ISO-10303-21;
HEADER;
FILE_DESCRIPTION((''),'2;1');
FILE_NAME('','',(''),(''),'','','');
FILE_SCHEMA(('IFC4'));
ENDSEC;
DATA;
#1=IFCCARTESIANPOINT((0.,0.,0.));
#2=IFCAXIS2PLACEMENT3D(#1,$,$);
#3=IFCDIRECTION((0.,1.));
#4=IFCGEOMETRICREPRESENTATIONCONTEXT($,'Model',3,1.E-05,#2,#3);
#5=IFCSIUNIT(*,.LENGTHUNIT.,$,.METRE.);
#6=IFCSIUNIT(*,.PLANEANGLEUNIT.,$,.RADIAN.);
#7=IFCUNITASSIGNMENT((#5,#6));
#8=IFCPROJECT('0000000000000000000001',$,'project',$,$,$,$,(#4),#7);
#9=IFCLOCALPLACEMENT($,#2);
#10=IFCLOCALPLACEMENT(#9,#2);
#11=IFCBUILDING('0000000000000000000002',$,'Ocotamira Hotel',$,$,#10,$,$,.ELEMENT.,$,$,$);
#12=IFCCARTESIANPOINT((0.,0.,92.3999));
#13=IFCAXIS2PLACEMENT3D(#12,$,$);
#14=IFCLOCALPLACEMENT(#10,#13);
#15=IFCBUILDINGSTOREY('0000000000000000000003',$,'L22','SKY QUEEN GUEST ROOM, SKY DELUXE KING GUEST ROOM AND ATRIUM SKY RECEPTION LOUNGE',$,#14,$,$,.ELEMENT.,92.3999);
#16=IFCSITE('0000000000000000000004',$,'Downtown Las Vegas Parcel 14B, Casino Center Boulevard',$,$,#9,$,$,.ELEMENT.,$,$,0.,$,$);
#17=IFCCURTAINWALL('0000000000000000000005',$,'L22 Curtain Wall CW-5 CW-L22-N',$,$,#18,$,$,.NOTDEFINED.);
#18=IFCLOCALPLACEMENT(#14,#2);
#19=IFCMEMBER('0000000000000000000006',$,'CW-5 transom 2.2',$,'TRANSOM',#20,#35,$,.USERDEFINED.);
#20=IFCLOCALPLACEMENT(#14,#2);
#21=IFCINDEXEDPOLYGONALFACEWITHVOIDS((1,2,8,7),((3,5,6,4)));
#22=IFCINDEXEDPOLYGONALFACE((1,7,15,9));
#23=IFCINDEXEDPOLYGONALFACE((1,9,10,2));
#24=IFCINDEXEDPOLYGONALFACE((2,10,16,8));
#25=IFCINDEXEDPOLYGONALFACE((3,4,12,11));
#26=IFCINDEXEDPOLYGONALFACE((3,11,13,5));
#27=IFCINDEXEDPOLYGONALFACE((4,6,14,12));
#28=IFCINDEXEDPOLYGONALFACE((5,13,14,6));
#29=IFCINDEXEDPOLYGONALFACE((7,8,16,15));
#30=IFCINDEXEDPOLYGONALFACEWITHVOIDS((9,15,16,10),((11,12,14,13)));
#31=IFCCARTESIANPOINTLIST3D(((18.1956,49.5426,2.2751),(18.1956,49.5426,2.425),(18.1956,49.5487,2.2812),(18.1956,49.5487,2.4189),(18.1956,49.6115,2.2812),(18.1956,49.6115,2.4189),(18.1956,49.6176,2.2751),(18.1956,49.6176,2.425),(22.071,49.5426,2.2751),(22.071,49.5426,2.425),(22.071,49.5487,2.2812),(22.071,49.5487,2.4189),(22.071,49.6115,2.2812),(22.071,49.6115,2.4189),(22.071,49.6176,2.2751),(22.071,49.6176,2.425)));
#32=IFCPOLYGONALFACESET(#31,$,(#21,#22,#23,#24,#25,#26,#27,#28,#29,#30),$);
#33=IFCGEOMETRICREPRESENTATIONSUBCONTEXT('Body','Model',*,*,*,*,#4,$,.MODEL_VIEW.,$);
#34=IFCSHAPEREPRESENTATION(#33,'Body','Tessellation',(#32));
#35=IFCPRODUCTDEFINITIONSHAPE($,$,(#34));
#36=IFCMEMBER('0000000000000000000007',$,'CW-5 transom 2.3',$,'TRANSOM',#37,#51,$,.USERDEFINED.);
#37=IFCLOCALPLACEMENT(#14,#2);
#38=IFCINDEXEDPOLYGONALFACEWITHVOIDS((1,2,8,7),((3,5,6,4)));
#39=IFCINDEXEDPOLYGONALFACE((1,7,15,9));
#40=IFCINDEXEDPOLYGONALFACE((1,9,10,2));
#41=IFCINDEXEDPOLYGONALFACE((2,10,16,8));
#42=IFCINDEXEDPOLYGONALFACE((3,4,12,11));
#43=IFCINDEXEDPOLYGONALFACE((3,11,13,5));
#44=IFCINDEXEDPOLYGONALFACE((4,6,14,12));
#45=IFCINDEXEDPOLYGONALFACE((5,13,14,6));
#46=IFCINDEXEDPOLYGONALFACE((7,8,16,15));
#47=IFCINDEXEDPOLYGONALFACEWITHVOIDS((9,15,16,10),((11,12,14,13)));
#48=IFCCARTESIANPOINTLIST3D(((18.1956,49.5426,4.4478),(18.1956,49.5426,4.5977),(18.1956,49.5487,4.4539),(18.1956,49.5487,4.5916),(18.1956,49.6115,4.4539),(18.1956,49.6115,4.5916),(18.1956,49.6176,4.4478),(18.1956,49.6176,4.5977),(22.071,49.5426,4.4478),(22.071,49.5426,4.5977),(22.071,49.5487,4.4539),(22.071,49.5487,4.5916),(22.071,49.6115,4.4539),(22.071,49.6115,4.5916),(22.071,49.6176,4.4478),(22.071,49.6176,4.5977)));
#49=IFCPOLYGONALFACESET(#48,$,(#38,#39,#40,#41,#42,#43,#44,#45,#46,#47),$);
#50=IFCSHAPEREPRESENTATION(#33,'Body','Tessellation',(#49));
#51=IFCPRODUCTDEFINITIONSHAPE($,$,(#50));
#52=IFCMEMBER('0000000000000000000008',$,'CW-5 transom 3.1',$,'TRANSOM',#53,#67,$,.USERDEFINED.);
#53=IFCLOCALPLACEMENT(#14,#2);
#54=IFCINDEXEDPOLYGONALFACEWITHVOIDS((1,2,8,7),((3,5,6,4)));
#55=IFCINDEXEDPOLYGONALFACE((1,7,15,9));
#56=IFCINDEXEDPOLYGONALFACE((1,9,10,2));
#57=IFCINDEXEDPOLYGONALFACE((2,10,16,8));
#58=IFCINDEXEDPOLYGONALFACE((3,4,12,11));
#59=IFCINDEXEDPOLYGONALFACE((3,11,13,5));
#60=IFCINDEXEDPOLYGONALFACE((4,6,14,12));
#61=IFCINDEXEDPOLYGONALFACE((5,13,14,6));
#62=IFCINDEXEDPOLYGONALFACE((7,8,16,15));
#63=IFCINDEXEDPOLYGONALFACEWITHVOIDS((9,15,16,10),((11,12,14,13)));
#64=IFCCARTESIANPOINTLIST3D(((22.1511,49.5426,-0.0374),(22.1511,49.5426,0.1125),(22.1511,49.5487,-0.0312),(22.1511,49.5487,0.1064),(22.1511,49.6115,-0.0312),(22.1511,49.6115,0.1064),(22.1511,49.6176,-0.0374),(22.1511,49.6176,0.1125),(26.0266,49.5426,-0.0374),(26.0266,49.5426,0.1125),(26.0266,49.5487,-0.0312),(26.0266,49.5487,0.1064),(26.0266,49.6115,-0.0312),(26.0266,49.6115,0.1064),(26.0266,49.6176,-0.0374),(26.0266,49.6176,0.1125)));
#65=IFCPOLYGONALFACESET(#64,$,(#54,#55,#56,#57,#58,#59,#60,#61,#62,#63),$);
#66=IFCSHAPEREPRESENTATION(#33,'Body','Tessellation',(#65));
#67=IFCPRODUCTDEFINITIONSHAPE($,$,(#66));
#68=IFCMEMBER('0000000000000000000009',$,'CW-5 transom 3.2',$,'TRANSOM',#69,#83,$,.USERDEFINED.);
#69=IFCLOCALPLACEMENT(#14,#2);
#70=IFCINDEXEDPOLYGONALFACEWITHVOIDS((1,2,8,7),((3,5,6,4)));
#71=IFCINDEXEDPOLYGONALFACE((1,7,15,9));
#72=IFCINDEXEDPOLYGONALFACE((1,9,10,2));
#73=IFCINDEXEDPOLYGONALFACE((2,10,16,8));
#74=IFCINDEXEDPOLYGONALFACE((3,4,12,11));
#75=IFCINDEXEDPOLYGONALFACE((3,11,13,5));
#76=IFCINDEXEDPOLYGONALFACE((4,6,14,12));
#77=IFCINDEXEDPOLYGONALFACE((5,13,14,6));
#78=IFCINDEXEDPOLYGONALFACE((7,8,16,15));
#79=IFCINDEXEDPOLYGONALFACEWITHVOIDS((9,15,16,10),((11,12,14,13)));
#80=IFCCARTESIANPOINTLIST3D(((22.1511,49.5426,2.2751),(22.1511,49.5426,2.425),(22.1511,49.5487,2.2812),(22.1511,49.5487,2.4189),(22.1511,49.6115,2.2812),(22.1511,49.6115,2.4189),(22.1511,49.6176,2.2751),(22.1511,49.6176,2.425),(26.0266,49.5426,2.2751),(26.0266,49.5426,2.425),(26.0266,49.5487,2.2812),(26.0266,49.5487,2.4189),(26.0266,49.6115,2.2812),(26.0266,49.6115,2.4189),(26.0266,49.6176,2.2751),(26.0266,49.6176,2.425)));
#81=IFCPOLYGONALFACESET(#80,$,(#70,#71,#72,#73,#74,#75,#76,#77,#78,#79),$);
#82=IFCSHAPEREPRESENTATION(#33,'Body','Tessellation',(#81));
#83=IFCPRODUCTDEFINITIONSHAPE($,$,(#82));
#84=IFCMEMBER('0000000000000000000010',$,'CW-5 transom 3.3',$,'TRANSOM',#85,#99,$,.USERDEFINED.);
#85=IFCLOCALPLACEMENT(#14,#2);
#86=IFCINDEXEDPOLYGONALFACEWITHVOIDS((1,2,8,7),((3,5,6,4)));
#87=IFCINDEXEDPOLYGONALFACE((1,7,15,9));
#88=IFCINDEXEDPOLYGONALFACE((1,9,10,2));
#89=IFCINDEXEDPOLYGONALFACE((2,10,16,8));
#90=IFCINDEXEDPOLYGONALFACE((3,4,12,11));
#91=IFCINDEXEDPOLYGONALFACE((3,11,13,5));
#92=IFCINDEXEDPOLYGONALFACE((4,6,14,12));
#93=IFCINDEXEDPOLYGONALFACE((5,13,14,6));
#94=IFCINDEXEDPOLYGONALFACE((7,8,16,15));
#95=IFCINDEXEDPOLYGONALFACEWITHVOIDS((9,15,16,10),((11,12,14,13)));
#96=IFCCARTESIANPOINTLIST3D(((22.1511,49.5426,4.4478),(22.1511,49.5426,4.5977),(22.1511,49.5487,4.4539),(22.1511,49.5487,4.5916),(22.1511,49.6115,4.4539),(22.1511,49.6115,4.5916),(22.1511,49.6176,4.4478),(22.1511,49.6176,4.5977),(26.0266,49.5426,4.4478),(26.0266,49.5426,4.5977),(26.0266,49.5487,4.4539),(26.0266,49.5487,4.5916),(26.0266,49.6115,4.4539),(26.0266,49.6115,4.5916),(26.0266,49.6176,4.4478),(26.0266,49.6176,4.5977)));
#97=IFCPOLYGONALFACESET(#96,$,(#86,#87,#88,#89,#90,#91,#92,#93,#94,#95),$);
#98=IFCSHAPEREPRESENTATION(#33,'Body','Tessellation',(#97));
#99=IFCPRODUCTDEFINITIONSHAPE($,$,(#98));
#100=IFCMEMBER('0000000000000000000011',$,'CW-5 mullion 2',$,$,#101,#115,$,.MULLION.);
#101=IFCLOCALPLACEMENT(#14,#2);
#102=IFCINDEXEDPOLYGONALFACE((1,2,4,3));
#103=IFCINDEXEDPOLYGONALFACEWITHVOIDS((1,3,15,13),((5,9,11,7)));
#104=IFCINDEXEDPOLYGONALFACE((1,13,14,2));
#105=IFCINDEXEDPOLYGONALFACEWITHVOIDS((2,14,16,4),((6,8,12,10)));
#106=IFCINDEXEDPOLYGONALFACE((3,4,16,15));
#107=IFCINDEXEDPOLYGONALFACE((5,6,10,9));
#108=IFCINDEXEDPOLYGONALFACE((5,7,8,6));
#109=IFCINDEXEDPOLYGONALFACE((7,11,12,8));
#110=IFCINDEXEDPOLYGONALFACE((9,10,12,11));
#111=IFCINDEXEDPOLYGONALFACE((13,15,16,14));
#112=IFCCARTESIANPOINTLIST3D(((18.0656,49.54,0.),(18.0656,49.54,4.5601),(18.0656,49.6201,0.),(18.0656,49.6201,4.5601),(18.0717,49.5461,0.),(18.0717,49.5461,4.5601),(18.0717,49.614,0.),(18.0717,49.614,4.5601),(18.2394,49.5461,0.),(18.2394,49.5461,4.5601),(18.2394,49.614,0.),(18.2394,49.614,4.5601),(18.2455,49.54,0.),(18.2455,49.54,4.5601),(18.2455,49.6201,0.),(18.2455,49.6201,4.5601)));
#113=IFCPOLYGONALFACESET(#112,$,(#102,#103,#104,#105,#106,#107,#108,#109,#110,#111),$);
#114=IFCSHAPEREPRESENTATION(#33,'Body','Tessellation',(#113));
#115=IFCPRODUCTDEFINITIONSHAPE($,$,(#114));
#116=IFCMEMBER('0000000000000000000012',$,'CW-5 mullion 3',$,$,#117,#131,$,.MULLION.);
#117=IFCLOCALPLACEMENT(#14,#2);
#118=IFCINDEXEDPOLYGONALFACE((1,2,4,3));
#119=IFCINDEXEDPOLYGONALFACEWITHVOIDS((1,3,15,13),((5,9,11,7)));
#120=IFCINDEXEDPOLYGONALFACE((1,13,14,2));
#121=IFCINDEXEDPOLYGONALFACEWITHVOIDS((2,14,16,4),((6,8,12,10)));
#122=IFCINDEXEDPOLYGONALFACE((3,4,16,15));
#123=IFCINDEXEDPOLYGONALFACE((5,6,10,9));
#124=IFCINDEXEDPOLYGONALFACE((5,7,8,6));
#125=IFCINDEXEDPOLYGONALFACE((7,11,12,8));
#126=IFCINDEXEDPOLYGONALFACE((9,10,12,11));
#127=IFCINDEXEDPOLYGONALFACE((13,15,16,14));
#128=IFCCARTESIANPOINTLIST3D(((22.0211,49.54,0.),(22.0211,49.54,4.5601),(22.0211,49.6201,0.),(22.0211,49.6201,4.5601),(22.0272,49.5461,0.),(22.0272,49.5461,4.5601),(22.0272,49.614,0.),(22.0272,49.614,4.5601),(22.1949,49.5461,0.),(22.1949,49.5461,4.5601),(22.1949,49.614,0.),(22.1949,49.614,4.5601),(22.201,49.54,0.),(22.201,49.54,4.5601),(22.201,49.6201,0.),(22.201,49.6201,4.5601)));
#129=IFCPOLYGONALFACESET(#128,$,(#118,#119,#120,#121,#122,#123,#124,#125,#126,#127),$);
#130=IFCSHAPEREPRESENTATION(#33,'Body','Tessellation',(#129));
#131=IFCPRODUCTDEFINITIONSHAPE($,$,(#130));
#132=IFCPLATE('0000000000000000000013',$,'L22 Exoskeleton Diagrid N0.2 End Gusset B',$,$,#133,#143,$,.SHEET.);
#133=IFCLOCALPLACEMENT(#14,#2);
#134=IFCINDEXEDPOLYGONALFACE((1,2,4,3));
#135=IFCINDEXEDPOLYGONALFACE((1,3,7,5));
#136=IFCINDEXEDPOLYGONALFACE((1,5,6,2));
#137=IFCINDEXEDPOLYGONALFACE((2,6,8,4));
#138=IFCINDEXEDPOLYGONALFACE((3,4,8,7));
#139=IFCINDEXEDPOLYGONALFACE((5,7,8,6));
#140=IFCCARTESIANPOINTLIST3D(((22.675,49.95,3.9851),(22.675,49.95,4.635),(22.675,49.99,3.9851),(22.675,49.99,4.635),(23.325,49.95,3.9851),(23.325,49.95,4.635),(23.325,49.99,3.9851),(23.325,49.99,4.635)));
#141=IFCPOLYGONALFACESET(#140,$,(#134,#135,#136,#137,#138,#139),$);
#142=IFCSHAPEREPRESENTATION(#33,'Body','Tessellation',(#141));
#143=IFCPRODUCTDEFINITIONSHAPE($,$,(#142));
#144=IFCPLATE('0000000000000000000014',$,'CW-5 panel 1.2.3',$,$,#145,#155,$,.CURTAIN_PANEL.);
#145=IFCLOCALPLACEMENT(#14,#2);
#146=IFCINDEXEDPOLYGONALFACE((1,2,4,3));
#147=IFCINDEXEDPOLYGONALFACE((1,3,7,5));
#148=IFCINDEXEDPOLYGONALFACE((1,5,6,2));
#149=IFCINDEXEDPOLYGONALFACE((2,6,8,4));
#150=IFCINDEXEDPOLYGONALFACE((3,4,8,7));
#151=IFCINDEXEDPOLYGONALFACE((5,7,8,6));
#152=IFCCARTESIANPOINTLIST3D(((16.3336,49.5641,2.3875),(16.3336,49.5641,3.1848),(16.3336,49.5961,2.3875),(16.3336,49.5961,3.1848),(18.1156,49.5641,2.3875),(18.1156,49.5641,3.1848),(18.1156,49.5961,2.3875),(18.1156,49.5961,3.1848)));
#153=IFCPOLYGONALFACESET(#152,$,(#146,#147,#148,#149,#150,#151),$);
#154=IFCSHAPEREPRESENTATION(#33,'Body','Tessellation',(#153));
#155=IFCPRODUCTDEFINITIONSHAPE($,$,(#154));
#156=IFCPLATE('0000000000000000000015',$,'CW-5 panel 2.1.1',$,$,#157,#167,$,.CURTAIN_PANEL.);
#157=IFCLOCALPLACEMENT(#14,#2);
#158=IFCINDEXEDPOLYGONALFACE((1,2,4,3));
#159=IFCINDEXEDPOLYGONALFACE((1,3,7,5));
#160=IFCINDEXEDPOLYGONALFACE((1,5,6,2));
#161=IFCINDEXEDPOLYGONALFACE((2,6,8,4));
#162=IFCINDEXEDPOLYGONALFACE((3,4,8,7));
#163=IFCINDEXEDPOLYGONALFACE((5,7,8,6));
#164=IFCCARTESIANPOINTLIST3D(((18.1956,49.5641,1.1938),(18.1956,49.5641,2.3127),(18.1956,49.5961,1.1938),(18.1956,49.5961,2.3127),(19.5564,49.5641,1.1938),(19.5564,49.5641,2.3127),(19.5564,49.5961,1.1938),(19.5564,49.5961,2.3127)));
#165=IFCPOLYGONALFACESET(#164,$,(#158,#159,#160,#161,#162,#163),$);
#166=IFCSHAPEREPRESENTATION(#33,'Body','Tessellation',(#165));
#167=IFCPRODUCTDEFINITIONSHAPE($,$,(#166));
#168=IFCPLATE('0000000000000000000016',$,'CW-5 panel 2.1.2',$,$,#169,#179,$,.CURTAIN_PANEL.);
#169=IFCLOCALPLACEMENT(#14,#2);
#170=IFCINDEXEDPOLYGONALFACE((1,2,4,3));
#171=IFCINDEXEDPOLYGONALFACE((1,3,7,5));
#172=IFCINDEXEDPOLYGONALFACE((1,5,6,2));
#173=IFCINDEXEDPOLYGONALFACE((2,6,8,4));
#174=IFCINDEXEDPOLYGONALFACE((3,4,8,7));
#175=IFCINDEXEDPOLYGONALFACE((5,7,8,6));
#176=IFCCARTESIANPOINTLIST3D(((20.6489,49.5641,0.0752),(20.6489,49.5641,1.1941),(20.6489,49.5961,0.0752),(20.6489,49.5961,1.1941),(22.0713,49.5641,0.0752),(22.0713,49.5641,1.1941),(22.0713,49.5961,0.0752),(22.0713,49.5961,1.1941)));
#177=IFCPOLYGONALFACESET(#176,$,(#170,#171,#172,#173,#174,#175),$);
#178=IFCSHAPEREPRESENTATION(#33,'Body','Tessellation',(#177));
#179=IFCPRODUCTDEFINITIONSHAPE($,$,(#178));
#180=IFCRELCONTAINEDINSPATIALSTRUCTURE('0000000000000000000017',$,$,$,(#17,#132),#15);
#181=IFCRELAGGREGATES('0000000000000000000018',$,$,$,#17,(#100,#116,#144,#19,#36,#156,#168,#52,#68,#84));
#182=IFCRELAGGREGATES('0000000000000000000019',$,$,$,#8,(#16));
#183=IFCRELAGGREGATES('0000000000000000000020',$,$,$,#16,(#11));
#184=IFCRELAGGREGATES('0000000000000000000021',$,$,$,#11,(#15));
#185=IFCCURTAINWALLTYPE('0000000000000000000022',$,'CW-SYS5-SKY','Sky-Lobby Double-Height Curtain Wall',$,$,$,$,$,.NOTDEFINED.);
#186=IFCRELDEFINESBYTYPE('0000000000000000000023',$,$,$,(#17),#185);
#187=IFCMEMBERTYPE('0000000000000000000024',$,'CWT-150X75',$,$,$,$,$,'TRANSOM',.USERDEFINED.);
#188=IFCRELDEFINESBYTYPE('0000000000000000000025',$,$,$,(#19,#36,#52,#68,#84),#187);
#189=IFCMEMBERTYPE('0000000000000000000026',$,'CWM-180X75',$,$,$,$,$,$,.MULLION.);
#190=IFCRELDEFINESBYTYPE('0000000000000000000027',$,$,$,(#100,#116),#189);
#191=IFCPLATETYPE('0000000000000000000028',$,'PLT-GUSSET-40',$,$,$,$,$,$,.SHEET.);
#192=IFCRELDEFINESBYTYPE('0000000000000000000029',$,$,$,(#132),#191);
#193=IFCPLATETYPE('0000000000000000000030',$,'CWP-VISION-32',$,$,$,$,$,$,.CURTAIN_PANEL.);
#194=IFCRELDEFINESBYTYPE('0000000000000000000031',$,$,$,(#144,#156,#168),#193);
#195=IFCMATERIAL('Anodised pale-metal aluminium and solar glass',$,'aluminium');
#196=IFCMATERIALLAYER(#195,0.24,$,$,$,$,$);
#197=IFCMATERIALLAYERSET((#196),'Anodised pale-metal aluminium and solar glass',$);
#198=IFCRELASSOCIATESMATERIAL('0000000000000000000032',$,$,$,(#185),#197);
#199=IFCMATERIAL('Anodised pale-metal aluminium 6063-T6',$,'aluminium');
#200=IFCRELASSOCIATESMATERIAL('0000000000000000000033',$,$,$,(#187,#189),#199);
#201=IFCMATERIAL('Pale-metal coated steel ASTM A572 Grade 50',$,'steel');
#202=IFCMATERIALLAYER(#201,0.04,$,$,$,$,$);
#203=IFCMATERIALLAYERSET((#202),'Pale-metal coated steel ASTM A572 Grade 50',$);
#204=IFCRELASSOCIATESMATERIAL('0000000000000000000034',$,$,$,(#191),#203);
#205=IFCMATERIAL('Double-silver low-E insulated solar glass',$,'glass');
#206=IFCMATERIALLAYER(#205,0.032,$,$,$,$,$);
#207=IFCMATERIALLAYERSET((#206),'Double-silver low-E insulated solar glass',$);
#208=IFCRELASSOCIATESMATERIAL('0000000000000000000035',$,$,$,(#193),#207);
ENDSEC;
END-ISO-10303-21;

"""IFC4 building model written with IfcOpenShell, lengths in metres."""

from ifc_helpers import new_model, si_unit, direction, frame, origin, origin_2d, place, context, subcontext, project, spatial, rectangle, hollow_rectangle, extrude, source, transform, mapped, material, layer, layer_set, material_profile, profile_set, type_object, element, aggregate, save


model = new_model("IFC4")

# Units and contexts
model_context = context("Model", 3, precision=1e-05, world=origin(), true_north=direction((0.0, 1.0)))
body_context = subcontext(model_context, "Body", "Model", "MODEL_VIEW")
ifc_project = project(units=[si_unit("LENGTHUNIT", "METRE"), si_unit("PLANEANGLEUNIT", "RADIAN")], contexts=[model_context])

# Site, building, storey
site_placement = place(None, origin())
site = spatial("IfcSite", under=ifc_project, at=site_placement, Name="Downtown Las Vegas Parcel 14B, Casino Center Boulevard", CompositionType="ELEMENT", RefElevation=0.0)
building_placement = place(site_placement, origin())
building = spatial("IfcBuilding", under=site, at=building_placement, Name="Ocotamira Hotel", CompositionType="ELEMENT")
storey_placement = place(building_placement, frame((0.0, 0.0, 92.3999)))
storey = spatial("IfcBuildingStorey", under=building, at=storey_placement, Name="L22", Description="SKY QUEEN GUEST ROOM, SKY DELUXE KING GUEST ROOM AND ATRIUM SKY RECEPTION LOUNGE", CompositionType="ELEMENT", Elevation=92.3999)

# Curtain wall, members
ifc_material_1 = material(Name="Anodised pale-metal aluminium and solar glass", Category="aluminium")
ifc_layer_1 = layer(ifc_material_1, 0.24)
ifc_layer_set_1 = layer_set([ifc_layer_1], Name="Anodised pale-metal aluminium and solar glass")
curtain_wall_type = type_object("IfcCurtainWallType", Name="CW-SYS5-SKY", Description="Sky-Lobby Double-Height Curtain Wall", PredefinedType="NOTDEFINED", material=ifc_layer_set_1)
curtain_wall_placement = place(storey_placement, origin())
curtain_wall = element("IfcCurtainWall", 1, at=curtain_wall_placement, inside=storey, type_object=curtain_wall_type, Name="L22 Curtain Wall CW-5 CW-L22-N", PredefinedType="NOTDEFINED")
ifc_material_2 = material(Name="Anodised pale-metal aluminium 6063-T6", Category="aluminium")
ifc_material_profile_1 = material_profile(ifc_material_2, hollow_rectangle(XDim=0.075, YDim=0.1499, WallThickness=0.0061, at=origin_2d()), Name="HSS150X75X6")
ifc_profile_set_1 = profile_set([ifc_material_profile_1], Name="Anodised pale-metal aluminium 6063-T6")
member_type_1 = type_object("IfcMemberType", Name="CWT-150X75", ElementType="TRANSOM", PredefinedType="USERDEFINED", material=ifc_profile_set_1)
shared_shape_1 = source(origin(), body_context, "Body", "SweptSolid", [
    extrude(hollow_rectangle(XDim=0.075, YDim=0.1499, WallThickness=0.0061, at=origin_2d()), origin(), (0.0, 0.0, 1.0), 3.8755),
])
member_1_placement = place(storey_placement, frame((18.1956, 49.5801, 2.3501), z_axis=(1.0, 0.0, 0.0), x_axis=(0.0, 1.0, 0.0)))
member_1 = element("IfcMember", 2, at=member_1_placement, type_object=member_type_1, Name="CW-5 transom 2.2", ObjectType="TRANSOM", PredefinedType="USERDEFINED", context=body_context, shape_type="MappedRepresentation", body=[
    mapped(shared_shape_1, transform((0.0, 0.0, 0.0), scale=1.0)),
])
member_2_placement = place(storey_placement, frame((18.1956, 49.5801, 4.5227), z_axis=(1.0, 0.0, 0.0), x_axis=(0.0, 1.0, 0.0)))
member_2 = element("IfcMember", 3, at=member_2_placement, type_object=member_type_1, Name="CW-5 transom 2.3", ObjectType="TRANSOM", PredefinedType="USERDEFINED", context=body_context, shape_type="MappedRepresentation", body=[
    mapped(shared_shape_1, transform((0.0, 0.0, 0.0), scale=1.0)),
])
member_3_placement = place(storey_placement, frame((22.1511, 49.5801, 0.0376), z_axis=(1.0, 0.0, 0.0), x_axis=(0.0, 1.0, 0.0)))
member_3 = element("IfcMember", 4, at=member_3_placement, type_object=member_type_1, Name="CW-5 transom 3.1", ObjectType="TRANSOM", PredefinedType="USERDEFINED", context=body_context, shape_type="MappedRepresentation", body=[
    mapped(shared_shape_1, transform((0.0, 0.0, 0.0), scale=1.0)),
])
member_4_placement = place(storey_placement, frame((22.1511, 49.5801, 2.3501), z_axis=(1.0, 0.0, 0.0), x_axis=(0.0, 1.0, 0.0)))
member_4 = element("IfcMember", 5, at=member_4_placement, type_object=member_type_1, Name="CW-5 transom 3.2", ObjectType="TRANSOM", PredefinedType="USERDEFINED", context=body_context, shape_type="MappedRepresentation", body=[
    mapped(shared_shape_1, transform((0.0, 0.0, 0.0), scale=1.0)),
])
member_5_placement = place(storey_placement, frame((22.1511, 49.5801, 4.5227), z_axis=(1.0, 0.0, 0.0), x_axis=(0.0, 1.0, 0.0)))
member_5 = element("IfcMember", 6, at=member_5_placement, type_object=member_type_1, Name="CW-5 transom 3.3", ObjectType="TRANSOM", PredefinedType="USERDEFINED", context=body_context, shape_type="MappedRepresentation", body=[
    mapped(shared_shape_1, transform((0.0, 0.0, 0.0), scale=1.0)),
])
ifc_material_profile_2 = material_profile(ifc_material_2, hollow_rectangle(XDim=0.0801, YDim=0.1799, WallThickness=0.0061, at=origin_2d()), Name="HSS180X80X6")
ifc_profile_set_2 = profile_set([ifc_material_profile_2], Name="Anodised pale-metal aluminium 6063-T6")
member_type_2 = type_object("IfcMemberType", Name="CWM-180X75", PredefinedType="MULLION", material=ifc_profile_set_2)
shared_shape_2 = source(origin(), body_context, "Body", "SweptSolid", [
    extrude(hollow_rectangle(XDim=0.0801, YDim=0.1799, WallThickness=0.0061, at=origin_2d()), origin(), (0.0, 0.0, 1.0), 4.5601),
])
member_6_placement = place(storey_placement, frame((18.1555, 49.5801, 0.0), z_axis=(0.0, 0.0, 1.0), x_axis=(0.0, 1.0, 0.0)))
member_6 = element("IfcMember", 7, at=member_6_placement, type_object=member_type_2, Name="CW-5 mullion 2", PredefinedType="MULLION", context=body_context, shape_type="MappedRepresentation", body=[
    mapped(shared_shape_2, transform((0.0, 0.0, 0.0), scale=1.0)),
])
member_7_placement = place(storey_placement, frame((22.1111, 49.5801, 0.0), z_axis=(0.0, 0.0, 1.0), x_axis=(0.0, 1.0, 0.0)))
member_7 = element("IfcMember", 8, at=member_7_placement, type_object=member_type_2, Name="CW-5 mullion 3", PredefinedType="MULLION", context=body_context, shape_type="MappedRepresentation", body=[
    mapped(shared_shape_2, transform((0.0, 0.0, 0.0), scale=1.0)),
])

# Plates
ifc_material_3 = material(Name="Pale-metal coated steel ASTM A572 Grade 50", Category="steel")
ifc_layer_2 = layer(ifc_material_3, 0.04)
ifc_layer_set_2 = layer_set([ifc_layer_2], Name="Pale-metal coated steel ASTM A572 Grade 50")
plate_type_1 = type_object("IfcPlateType", Name="PLT-GUSSET-40", PredefinedType="SHEET", material=ifc_layer_set_2)
shared_shape_3 = source(origin(), body_context, "Body", "SweptSolid", [
    extrude(rectangle(XDim=0.6499, YDim=0.04, at=origin_2d()), origin(), (0.0, 0.0, 1.0), 0.6499),
])
plate_1_placement = place(storey_placement, frame((23.0, 49.97, 3.9851), z_axis=(0.0, 0.0, 1.0), x_axis=(1.0, 0.0, 0.0)))
element("IfcPlate", 9, at=plate_1_placement, inside=storey, type_object=plate_type_1, Name="L22 Exoskeleton Diagrid N0.2 End Gusset B", PredefinedType="SHEET", context=body_context, shape_type="MappedRepresentation", body=[
    mapped(shared_shape_3, transform((0.0, 0.0, 0.0), scale=1.0)),
])
ifc_material_4 = material(Name="Double-silver low-E insulated solar glass", Category="glass")
ifc_layer_3 = layer(ifc_material_4, 0.032)
ifc_layer_set_3 = layer_set([ifc_layer_3], Name="Double-silver low-E insulated solar glass")
plate_type_2 = type_object("IfcPlateType", Name="CWP-VISION-32", PredefinedType="CURTAIN_PANEL", material=ifc_layer_set_3)
shared_shape_4 = source(origin(), body_context, "Body", "SweptSolid", [
    extrude(rectangle(XDim=1.782, YDim=0.032, at=origin_2d()), origin(), (0.0, 0.0, 1.0), 0.7974),
])
plate_2_placement = place(storey_placement, frame((17.2246, 49.5801, 2.3875), z_axis=(0.0, 0.0, 1.0), x_axis=(1.0, 0.0, 0.0)))
plate_2 = element("IfcPlate", 10, at=plate_2_placement, type_object=plate_type_2, Name="CW-5 panel 1.2.3", PredefinedType="CURTAIN_PANEL", context=body_context, shape_type="MappedRepresentation", body=[
    mapped(shared_shape_4, transform((0.0, 0.0, 0.0), scale=1.0)),
])
shared_shape_5 = source(origin(), body_context, "Body", "SweptSolid", [
    extrude(rectangle(XDim=1.3608, YDim=0.032, at=origin_2d()), origin(), (0.0, 0.0, 1.0), 1.1189),
])
plate_3_placement = place(storey_placement, frame((18.876, 49.5801, 1.1938), z_axis=(0.0, 0.0, 1.0), x_axis=(1.0, 0.0, 0.0)))
plate_3 = element("IfcPlate", 11, at=plate_3_placement, type_object=plate_type_2, Name="CW-5 panel 2.1.1", PredefinedType="CURTAIN_PANEL", context=body_context, shape_type="MappedRepresentation", body=[
    mapped(shared_shape_5, transform((0.0, 0.0, 0.0), scale=1.0)),
])
shared_shape_6 = source(origin(), body_context, "Body", "SweptSolid", [
    extrude(rectangle(XDim=1.4224, YDim=0.032, at=origin_2d()), origin(), (0.0, 0.0, 1.0), 1.1189),
])
plate_4_placement = place(storey_placement, frame((21.3601, 49.5801, 0.0752), z_axis=(0.0, 0.0, 1.0), x_axis=(1.0, 0.0, 0.0)))
plate_4 = element("IfcPlate", 12, at=plate_4_placement, type_object=plate_type_2, Name="CW-5 panel 2.1.2", PredefinedType="CURTAIN_PANEL", context=body_context, shape_type="MappedRepresentation", body=[
    mapped(shared_shape_6, transform((0.0, 0.0, 0.0), scale=1.0)),
])
aggregate(curtain_wall, [member_6, member_7, plate_2, member_1, member_2, plate_3, plate_4, member_3, member_4, member_5])

save(model, "model.ifc")
